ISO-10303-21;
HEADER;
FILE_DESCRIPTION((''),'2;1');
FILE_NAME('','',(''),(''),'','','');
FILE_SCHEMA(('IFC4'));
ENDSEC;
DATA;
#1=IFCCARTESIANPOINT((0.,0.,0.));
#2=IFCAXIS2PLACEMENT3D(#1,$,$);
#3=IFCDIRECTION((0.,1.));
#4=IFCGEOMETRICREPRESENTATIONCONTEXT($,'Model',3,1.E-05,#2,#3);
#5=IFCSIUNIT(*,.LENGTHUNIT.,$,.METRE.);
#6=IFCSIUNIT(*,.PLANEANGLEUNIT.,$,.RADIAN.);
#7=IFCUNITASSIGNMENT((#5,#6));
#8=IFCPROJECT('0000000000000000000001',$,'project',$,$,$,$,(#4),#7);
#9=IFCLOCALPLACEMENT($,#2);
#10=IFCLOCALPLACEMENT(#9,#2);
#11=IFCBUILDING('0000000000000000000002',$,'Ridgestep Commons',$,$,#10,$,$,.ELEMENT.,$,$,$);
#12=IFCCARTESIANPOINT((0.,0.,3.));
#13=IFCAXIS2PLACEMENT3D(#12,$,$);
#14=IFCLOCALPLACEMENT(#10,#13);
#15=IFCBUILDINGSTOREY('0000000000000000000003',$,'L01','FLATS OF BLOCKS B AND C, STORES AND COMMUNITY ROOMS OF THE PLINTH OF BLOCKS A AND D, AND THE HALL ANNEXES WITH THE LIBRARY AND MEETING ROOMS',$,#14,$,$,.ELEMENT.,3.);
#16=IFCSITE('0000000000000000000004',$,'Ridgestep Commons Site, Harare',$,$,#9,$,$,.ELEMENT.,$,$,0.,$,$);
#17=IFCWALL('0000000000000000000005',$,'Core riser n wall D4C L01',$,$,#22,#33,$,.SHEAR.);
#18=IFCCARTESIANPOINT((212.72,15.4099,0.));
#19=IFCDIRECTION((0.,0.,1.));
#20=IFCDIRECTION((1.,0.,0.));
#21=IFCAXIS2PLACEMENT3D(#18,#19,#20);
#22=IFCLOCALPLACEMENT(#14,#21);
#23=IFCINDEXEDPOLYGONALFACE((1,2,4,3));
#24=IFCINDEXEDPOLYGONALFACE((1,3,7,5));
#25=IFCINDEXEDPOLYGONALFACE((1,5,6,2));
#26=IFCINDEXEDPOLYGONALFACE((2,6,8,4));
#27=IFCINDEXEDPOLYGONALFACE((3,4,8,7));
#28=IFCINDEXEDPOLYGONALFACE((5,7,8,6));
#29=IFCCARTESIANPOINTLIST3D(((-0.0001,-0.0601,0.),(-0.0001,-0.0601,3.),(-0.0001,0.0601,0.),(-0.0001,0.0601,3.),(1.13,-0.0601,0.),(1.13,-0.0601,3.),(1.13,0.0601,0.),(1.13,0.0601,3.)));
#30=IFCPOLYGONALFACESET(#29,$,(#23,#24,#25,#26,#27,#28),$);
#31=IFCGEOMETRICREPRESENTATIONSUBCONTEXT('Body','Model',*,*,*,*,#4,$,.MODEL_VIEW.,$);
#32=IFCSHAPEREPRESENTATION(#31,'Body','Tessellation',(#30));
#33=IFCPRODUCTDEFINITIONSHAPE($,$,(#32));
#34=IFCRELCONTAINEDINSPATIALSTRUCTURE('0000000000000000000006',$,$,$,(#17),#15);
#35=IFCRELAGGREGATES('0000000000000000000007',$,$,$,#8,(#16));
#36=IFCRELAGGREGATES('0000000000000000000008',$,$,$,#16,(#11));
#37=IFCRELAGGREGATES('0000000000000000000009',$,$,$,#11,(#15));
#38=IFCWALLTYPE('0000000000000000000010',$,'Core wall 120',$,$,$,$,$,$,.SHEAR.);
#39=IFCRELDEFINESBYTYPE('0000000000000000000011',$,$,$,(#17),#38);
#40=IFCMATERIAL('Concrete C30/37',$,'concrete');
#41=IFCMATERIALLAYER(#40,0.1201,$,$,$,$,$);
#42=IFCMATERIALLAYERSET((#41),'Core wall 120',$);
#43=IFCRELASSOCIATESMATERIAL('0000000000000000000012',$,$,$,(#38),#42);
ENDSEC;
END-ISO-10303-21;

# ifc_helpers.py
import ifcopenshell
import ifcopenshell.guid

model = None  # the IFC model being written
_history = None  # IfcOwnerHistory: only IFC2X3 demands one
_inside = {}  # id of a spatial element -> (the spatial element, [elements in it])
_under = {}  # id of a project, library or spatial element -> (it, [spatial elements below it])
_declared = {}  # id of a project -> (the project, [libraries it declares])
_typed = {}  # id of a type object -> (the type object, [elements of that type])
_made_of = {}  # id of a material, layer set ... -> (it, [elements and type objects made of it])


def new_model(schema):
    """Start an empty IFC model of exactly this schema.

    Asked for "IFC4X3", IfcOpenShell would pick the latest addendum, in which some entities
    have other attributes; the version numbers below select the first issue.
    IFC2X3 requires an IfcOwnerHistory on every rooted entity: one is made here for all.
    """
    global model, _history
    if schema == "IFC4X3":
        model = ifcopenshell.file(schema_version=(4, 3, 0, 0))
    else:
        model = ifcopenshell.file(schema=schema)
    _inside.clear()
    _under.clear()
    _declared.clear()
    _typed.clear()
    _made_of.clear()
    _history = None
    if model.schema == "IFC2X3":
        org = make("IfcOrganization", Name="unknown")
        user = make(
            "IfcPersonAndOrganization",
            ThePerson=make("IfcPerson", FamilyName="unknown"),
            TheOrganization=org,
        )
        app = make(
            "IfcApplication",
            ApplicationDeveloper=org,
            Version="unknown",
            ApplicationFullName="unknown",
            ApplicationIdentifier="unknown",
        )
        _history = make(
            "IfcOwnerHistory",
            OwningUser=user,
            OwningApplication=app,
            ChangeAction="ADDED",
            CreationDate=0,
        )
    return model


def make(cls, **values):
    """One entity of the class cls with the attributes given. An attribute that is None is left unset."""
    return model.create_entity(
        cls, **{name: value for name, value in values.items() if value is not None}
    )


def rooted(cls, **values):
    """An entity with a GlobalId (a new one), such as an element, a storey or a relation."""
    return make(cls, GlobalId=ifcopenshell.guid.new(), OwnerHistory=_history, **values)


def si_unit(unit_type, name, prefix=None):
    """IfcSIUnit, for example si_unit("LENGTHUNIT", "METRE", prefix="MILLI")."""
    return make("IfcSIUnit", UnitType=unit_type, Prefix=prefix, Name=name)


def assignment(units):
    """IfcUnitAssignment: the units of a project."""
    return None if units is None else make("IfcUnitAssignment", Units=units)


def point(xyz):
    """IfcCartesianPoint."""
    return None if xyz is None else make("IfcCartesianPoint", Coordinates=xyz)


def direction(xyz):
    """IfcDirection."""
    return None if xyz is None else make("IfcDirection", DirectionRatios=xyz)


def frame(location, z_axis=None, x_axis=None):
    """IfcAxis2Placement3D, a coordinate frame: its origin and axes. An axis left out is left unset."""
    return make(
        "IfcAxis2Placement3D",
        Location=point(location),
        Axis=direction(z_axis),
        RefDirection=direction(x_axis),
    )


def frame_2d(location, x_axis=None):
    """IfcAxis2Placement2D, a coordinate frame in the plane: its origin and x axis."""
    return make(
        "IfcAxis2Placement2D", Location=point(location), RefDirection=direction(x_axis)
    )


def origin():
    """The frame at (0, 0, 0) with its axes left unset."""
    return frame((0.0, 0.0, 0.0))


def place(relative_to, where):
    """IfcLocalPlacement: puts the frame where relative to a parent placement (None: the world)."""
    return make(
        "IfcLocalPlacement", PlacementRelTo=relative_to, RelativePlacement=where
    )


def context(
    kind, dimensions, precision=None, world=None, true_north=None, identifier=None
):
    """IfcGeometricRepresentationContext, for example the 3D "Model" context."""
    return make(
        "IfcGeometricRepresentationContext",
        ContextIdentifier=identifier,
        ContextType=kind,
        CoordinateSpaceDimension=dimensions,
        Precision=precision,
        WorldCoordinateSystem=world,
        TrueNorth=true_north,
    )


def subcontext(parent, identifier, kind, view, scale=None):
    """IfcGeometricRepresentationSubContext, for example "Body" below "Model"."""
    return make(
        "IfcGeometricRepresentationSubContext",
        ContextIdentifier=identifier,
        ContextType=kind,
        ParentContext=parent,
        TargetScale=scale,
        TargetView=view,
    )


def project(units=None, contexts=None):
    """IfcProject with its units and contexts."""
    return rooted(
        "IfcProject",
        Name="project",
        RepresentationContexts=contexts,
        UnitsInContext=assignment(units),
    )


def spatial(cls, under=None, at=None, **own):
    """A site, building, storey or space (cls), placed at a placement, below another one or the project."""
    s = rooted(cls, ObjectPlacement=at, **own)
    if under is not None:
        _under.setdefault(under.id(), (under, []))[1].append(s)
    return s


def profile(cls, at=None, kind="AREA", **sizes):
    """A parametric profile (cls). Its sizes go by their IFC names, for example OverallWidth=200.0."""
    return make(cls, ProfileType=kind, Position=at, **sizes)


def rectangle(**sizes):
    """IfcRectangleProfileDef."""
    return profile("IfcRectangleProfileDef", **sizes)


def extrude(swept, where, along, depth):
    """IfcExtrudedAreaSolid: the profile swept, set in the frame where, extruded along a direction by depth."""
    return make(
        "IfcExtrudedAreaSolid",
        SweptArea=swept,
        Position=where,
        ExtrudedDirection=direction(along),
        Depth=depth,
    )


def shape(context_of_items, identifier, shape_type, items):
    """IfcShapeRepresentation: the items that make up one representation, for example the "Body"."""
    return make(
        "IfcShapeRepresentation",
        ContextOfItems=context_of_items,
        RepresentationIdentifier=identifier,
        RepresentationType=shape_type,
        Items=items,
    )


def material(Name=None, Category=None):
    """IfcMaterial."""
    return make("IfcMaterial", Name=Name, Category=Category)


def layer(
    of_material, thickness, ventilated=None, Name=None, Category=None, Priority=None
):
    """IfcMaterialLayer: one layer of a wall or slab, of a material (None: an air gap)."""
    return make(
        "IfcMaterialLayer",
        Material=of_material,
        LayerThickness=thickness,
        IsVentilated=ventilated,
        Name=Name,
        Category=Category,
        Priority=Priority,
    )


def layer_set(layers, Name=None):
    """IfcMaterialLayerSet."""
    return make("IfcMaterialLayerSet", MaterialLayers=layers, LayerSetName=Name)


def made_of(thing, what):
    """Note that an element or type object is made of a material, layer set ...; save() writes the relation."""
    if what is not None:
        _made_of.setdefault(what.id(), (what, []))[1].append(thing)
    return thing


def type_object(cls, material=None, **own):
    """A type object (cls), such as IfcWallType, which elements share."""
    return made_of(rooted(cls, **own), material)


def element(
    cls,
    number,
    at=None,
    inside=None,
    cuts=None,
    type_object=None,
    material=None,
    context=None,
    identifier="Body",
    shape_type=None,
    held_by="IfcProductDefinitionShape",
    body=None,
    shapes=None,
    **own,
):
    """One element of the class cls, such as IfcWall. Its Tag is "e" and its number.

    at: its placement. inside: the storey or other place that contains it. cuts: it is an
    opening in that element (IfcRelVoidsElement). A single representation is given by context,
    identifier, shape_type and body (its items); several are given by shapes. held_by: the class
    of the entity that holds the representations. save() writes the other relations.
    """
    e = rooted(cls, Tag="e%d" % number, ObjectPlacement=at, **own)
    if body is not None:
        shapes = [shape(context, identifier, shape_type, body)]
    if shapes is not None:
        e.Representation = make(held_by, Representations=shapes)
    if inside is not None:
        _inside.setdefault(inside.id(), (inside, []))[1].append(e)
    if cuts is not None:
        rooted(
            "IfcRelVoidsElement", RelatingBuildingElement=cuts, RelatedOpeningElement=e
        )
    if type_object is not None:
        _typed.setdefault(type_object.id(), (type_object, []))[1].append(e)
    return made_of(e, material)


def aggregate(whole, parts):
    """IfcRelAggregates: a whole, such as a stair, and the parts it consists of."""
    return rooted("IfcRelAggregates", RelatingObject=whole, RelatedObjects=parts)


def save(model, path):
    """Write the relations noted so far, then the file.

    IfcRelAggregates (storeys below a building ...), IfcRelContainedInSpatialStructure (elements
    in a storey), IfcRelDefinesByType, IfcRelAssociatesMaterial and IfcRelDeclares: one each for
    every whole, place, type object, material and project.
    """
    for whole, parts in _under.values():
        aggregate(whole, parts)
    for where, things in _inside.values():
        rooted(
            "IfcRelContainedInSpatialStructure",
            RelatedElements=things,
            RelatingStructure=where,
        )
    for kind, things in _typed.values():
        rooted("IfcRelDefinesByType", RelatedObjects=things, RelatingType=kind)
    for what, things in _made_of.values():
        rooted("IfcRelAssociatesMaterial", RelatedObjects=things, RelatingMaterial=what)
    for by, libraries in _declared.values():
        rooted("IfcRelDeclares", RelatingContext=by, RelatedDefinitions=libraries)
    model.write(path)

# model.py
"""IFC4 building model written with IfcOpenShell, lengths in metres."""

from ifc_helpers import new_model, si_unit, direction, frame, frame_2d, origin, place, context, subcontext, project, spatial, rectangle, extrude, material, layer, layer_set, type_object, element, save


model = new_model("IFC4")

# Units and contexts
model_context = context("Model", 3, precision=1e-05, world=origin(), true_north=direction((0.0, 1.0)))
body_context = subcontext(model_context, "Body", "Model", "MODEL_VIEW")
ifc_project = project(units=[si_unit("LENGTHUNIT", "METRE"), si_unit("PLANEANGLEUNIT", "RADIAN")], contexts=[model_context])

# Site, building, storey
site_placement = place(None, origin())
site = spatial("IfcSite", under=ifc_project, at=site_placement, Name="Ridgestep Commons Site, Harare", CompositionType="ELEMENT", RefElevation=0.0)
building_placement = place(site_placement, origin())
building = spatial("IfcBuilding", under=site, at=building_placement, Name="Ridgestep Commons", CompositionType="ELEMENT")
storey_placement = place(building_placement, frame((0.0, 0.0, 3.0)))
storey = spatial("IfcBuildingStorey", under=building, at=storey_placement, Name="L01", Description="FLATS OF BLOCKS B AND C, STORES AND COMMUNITY ROOMS OF THE PLINTH OF BLOCKS A AND D, AND THE HALL ANNEXES WITH THE LIBRARY AND MEETING ROOMS", CompositionType="ELEMENT", Elevation=3.0)

# Shared definitions
ifc_material_1 = material(Name="Concrete C30/37", Category="concrete")
ifc_layer_1 = layer(ifc_material_1, 0.1201)
ifc_layer_set_1 = layer_set([ifc_layer_1], Name="Core wall 120")
wall_type_1 = type_object("IfcWallType", Name="Core wall 120", PredefinedType="SHEAR", material=ifc_layer_set_1)

# Wall
wall_1_placement = place(storey_placement, frame((212.72, 15.4099, 0.0), z_axis=(0.0, 0.0, 1.0), x_axis=(1.0, 0.0, 0.0)))
element("IfcWall", 1, at=wall_1_placement, inside=storey, type_object=wall_type_1, Name="Core riser n wall D4C L01", PredefinedType="SHEAR", context=body_context, shape_type="SweptSolid", body=[
    extrude(rectangle(XDim=1.1301, YDim=0.1201, at=frame_2d((0.5649, 0.0))), origin(), (0.0, 0.0, 1.0), 3.0),
])

save(model, "model.ifc")
